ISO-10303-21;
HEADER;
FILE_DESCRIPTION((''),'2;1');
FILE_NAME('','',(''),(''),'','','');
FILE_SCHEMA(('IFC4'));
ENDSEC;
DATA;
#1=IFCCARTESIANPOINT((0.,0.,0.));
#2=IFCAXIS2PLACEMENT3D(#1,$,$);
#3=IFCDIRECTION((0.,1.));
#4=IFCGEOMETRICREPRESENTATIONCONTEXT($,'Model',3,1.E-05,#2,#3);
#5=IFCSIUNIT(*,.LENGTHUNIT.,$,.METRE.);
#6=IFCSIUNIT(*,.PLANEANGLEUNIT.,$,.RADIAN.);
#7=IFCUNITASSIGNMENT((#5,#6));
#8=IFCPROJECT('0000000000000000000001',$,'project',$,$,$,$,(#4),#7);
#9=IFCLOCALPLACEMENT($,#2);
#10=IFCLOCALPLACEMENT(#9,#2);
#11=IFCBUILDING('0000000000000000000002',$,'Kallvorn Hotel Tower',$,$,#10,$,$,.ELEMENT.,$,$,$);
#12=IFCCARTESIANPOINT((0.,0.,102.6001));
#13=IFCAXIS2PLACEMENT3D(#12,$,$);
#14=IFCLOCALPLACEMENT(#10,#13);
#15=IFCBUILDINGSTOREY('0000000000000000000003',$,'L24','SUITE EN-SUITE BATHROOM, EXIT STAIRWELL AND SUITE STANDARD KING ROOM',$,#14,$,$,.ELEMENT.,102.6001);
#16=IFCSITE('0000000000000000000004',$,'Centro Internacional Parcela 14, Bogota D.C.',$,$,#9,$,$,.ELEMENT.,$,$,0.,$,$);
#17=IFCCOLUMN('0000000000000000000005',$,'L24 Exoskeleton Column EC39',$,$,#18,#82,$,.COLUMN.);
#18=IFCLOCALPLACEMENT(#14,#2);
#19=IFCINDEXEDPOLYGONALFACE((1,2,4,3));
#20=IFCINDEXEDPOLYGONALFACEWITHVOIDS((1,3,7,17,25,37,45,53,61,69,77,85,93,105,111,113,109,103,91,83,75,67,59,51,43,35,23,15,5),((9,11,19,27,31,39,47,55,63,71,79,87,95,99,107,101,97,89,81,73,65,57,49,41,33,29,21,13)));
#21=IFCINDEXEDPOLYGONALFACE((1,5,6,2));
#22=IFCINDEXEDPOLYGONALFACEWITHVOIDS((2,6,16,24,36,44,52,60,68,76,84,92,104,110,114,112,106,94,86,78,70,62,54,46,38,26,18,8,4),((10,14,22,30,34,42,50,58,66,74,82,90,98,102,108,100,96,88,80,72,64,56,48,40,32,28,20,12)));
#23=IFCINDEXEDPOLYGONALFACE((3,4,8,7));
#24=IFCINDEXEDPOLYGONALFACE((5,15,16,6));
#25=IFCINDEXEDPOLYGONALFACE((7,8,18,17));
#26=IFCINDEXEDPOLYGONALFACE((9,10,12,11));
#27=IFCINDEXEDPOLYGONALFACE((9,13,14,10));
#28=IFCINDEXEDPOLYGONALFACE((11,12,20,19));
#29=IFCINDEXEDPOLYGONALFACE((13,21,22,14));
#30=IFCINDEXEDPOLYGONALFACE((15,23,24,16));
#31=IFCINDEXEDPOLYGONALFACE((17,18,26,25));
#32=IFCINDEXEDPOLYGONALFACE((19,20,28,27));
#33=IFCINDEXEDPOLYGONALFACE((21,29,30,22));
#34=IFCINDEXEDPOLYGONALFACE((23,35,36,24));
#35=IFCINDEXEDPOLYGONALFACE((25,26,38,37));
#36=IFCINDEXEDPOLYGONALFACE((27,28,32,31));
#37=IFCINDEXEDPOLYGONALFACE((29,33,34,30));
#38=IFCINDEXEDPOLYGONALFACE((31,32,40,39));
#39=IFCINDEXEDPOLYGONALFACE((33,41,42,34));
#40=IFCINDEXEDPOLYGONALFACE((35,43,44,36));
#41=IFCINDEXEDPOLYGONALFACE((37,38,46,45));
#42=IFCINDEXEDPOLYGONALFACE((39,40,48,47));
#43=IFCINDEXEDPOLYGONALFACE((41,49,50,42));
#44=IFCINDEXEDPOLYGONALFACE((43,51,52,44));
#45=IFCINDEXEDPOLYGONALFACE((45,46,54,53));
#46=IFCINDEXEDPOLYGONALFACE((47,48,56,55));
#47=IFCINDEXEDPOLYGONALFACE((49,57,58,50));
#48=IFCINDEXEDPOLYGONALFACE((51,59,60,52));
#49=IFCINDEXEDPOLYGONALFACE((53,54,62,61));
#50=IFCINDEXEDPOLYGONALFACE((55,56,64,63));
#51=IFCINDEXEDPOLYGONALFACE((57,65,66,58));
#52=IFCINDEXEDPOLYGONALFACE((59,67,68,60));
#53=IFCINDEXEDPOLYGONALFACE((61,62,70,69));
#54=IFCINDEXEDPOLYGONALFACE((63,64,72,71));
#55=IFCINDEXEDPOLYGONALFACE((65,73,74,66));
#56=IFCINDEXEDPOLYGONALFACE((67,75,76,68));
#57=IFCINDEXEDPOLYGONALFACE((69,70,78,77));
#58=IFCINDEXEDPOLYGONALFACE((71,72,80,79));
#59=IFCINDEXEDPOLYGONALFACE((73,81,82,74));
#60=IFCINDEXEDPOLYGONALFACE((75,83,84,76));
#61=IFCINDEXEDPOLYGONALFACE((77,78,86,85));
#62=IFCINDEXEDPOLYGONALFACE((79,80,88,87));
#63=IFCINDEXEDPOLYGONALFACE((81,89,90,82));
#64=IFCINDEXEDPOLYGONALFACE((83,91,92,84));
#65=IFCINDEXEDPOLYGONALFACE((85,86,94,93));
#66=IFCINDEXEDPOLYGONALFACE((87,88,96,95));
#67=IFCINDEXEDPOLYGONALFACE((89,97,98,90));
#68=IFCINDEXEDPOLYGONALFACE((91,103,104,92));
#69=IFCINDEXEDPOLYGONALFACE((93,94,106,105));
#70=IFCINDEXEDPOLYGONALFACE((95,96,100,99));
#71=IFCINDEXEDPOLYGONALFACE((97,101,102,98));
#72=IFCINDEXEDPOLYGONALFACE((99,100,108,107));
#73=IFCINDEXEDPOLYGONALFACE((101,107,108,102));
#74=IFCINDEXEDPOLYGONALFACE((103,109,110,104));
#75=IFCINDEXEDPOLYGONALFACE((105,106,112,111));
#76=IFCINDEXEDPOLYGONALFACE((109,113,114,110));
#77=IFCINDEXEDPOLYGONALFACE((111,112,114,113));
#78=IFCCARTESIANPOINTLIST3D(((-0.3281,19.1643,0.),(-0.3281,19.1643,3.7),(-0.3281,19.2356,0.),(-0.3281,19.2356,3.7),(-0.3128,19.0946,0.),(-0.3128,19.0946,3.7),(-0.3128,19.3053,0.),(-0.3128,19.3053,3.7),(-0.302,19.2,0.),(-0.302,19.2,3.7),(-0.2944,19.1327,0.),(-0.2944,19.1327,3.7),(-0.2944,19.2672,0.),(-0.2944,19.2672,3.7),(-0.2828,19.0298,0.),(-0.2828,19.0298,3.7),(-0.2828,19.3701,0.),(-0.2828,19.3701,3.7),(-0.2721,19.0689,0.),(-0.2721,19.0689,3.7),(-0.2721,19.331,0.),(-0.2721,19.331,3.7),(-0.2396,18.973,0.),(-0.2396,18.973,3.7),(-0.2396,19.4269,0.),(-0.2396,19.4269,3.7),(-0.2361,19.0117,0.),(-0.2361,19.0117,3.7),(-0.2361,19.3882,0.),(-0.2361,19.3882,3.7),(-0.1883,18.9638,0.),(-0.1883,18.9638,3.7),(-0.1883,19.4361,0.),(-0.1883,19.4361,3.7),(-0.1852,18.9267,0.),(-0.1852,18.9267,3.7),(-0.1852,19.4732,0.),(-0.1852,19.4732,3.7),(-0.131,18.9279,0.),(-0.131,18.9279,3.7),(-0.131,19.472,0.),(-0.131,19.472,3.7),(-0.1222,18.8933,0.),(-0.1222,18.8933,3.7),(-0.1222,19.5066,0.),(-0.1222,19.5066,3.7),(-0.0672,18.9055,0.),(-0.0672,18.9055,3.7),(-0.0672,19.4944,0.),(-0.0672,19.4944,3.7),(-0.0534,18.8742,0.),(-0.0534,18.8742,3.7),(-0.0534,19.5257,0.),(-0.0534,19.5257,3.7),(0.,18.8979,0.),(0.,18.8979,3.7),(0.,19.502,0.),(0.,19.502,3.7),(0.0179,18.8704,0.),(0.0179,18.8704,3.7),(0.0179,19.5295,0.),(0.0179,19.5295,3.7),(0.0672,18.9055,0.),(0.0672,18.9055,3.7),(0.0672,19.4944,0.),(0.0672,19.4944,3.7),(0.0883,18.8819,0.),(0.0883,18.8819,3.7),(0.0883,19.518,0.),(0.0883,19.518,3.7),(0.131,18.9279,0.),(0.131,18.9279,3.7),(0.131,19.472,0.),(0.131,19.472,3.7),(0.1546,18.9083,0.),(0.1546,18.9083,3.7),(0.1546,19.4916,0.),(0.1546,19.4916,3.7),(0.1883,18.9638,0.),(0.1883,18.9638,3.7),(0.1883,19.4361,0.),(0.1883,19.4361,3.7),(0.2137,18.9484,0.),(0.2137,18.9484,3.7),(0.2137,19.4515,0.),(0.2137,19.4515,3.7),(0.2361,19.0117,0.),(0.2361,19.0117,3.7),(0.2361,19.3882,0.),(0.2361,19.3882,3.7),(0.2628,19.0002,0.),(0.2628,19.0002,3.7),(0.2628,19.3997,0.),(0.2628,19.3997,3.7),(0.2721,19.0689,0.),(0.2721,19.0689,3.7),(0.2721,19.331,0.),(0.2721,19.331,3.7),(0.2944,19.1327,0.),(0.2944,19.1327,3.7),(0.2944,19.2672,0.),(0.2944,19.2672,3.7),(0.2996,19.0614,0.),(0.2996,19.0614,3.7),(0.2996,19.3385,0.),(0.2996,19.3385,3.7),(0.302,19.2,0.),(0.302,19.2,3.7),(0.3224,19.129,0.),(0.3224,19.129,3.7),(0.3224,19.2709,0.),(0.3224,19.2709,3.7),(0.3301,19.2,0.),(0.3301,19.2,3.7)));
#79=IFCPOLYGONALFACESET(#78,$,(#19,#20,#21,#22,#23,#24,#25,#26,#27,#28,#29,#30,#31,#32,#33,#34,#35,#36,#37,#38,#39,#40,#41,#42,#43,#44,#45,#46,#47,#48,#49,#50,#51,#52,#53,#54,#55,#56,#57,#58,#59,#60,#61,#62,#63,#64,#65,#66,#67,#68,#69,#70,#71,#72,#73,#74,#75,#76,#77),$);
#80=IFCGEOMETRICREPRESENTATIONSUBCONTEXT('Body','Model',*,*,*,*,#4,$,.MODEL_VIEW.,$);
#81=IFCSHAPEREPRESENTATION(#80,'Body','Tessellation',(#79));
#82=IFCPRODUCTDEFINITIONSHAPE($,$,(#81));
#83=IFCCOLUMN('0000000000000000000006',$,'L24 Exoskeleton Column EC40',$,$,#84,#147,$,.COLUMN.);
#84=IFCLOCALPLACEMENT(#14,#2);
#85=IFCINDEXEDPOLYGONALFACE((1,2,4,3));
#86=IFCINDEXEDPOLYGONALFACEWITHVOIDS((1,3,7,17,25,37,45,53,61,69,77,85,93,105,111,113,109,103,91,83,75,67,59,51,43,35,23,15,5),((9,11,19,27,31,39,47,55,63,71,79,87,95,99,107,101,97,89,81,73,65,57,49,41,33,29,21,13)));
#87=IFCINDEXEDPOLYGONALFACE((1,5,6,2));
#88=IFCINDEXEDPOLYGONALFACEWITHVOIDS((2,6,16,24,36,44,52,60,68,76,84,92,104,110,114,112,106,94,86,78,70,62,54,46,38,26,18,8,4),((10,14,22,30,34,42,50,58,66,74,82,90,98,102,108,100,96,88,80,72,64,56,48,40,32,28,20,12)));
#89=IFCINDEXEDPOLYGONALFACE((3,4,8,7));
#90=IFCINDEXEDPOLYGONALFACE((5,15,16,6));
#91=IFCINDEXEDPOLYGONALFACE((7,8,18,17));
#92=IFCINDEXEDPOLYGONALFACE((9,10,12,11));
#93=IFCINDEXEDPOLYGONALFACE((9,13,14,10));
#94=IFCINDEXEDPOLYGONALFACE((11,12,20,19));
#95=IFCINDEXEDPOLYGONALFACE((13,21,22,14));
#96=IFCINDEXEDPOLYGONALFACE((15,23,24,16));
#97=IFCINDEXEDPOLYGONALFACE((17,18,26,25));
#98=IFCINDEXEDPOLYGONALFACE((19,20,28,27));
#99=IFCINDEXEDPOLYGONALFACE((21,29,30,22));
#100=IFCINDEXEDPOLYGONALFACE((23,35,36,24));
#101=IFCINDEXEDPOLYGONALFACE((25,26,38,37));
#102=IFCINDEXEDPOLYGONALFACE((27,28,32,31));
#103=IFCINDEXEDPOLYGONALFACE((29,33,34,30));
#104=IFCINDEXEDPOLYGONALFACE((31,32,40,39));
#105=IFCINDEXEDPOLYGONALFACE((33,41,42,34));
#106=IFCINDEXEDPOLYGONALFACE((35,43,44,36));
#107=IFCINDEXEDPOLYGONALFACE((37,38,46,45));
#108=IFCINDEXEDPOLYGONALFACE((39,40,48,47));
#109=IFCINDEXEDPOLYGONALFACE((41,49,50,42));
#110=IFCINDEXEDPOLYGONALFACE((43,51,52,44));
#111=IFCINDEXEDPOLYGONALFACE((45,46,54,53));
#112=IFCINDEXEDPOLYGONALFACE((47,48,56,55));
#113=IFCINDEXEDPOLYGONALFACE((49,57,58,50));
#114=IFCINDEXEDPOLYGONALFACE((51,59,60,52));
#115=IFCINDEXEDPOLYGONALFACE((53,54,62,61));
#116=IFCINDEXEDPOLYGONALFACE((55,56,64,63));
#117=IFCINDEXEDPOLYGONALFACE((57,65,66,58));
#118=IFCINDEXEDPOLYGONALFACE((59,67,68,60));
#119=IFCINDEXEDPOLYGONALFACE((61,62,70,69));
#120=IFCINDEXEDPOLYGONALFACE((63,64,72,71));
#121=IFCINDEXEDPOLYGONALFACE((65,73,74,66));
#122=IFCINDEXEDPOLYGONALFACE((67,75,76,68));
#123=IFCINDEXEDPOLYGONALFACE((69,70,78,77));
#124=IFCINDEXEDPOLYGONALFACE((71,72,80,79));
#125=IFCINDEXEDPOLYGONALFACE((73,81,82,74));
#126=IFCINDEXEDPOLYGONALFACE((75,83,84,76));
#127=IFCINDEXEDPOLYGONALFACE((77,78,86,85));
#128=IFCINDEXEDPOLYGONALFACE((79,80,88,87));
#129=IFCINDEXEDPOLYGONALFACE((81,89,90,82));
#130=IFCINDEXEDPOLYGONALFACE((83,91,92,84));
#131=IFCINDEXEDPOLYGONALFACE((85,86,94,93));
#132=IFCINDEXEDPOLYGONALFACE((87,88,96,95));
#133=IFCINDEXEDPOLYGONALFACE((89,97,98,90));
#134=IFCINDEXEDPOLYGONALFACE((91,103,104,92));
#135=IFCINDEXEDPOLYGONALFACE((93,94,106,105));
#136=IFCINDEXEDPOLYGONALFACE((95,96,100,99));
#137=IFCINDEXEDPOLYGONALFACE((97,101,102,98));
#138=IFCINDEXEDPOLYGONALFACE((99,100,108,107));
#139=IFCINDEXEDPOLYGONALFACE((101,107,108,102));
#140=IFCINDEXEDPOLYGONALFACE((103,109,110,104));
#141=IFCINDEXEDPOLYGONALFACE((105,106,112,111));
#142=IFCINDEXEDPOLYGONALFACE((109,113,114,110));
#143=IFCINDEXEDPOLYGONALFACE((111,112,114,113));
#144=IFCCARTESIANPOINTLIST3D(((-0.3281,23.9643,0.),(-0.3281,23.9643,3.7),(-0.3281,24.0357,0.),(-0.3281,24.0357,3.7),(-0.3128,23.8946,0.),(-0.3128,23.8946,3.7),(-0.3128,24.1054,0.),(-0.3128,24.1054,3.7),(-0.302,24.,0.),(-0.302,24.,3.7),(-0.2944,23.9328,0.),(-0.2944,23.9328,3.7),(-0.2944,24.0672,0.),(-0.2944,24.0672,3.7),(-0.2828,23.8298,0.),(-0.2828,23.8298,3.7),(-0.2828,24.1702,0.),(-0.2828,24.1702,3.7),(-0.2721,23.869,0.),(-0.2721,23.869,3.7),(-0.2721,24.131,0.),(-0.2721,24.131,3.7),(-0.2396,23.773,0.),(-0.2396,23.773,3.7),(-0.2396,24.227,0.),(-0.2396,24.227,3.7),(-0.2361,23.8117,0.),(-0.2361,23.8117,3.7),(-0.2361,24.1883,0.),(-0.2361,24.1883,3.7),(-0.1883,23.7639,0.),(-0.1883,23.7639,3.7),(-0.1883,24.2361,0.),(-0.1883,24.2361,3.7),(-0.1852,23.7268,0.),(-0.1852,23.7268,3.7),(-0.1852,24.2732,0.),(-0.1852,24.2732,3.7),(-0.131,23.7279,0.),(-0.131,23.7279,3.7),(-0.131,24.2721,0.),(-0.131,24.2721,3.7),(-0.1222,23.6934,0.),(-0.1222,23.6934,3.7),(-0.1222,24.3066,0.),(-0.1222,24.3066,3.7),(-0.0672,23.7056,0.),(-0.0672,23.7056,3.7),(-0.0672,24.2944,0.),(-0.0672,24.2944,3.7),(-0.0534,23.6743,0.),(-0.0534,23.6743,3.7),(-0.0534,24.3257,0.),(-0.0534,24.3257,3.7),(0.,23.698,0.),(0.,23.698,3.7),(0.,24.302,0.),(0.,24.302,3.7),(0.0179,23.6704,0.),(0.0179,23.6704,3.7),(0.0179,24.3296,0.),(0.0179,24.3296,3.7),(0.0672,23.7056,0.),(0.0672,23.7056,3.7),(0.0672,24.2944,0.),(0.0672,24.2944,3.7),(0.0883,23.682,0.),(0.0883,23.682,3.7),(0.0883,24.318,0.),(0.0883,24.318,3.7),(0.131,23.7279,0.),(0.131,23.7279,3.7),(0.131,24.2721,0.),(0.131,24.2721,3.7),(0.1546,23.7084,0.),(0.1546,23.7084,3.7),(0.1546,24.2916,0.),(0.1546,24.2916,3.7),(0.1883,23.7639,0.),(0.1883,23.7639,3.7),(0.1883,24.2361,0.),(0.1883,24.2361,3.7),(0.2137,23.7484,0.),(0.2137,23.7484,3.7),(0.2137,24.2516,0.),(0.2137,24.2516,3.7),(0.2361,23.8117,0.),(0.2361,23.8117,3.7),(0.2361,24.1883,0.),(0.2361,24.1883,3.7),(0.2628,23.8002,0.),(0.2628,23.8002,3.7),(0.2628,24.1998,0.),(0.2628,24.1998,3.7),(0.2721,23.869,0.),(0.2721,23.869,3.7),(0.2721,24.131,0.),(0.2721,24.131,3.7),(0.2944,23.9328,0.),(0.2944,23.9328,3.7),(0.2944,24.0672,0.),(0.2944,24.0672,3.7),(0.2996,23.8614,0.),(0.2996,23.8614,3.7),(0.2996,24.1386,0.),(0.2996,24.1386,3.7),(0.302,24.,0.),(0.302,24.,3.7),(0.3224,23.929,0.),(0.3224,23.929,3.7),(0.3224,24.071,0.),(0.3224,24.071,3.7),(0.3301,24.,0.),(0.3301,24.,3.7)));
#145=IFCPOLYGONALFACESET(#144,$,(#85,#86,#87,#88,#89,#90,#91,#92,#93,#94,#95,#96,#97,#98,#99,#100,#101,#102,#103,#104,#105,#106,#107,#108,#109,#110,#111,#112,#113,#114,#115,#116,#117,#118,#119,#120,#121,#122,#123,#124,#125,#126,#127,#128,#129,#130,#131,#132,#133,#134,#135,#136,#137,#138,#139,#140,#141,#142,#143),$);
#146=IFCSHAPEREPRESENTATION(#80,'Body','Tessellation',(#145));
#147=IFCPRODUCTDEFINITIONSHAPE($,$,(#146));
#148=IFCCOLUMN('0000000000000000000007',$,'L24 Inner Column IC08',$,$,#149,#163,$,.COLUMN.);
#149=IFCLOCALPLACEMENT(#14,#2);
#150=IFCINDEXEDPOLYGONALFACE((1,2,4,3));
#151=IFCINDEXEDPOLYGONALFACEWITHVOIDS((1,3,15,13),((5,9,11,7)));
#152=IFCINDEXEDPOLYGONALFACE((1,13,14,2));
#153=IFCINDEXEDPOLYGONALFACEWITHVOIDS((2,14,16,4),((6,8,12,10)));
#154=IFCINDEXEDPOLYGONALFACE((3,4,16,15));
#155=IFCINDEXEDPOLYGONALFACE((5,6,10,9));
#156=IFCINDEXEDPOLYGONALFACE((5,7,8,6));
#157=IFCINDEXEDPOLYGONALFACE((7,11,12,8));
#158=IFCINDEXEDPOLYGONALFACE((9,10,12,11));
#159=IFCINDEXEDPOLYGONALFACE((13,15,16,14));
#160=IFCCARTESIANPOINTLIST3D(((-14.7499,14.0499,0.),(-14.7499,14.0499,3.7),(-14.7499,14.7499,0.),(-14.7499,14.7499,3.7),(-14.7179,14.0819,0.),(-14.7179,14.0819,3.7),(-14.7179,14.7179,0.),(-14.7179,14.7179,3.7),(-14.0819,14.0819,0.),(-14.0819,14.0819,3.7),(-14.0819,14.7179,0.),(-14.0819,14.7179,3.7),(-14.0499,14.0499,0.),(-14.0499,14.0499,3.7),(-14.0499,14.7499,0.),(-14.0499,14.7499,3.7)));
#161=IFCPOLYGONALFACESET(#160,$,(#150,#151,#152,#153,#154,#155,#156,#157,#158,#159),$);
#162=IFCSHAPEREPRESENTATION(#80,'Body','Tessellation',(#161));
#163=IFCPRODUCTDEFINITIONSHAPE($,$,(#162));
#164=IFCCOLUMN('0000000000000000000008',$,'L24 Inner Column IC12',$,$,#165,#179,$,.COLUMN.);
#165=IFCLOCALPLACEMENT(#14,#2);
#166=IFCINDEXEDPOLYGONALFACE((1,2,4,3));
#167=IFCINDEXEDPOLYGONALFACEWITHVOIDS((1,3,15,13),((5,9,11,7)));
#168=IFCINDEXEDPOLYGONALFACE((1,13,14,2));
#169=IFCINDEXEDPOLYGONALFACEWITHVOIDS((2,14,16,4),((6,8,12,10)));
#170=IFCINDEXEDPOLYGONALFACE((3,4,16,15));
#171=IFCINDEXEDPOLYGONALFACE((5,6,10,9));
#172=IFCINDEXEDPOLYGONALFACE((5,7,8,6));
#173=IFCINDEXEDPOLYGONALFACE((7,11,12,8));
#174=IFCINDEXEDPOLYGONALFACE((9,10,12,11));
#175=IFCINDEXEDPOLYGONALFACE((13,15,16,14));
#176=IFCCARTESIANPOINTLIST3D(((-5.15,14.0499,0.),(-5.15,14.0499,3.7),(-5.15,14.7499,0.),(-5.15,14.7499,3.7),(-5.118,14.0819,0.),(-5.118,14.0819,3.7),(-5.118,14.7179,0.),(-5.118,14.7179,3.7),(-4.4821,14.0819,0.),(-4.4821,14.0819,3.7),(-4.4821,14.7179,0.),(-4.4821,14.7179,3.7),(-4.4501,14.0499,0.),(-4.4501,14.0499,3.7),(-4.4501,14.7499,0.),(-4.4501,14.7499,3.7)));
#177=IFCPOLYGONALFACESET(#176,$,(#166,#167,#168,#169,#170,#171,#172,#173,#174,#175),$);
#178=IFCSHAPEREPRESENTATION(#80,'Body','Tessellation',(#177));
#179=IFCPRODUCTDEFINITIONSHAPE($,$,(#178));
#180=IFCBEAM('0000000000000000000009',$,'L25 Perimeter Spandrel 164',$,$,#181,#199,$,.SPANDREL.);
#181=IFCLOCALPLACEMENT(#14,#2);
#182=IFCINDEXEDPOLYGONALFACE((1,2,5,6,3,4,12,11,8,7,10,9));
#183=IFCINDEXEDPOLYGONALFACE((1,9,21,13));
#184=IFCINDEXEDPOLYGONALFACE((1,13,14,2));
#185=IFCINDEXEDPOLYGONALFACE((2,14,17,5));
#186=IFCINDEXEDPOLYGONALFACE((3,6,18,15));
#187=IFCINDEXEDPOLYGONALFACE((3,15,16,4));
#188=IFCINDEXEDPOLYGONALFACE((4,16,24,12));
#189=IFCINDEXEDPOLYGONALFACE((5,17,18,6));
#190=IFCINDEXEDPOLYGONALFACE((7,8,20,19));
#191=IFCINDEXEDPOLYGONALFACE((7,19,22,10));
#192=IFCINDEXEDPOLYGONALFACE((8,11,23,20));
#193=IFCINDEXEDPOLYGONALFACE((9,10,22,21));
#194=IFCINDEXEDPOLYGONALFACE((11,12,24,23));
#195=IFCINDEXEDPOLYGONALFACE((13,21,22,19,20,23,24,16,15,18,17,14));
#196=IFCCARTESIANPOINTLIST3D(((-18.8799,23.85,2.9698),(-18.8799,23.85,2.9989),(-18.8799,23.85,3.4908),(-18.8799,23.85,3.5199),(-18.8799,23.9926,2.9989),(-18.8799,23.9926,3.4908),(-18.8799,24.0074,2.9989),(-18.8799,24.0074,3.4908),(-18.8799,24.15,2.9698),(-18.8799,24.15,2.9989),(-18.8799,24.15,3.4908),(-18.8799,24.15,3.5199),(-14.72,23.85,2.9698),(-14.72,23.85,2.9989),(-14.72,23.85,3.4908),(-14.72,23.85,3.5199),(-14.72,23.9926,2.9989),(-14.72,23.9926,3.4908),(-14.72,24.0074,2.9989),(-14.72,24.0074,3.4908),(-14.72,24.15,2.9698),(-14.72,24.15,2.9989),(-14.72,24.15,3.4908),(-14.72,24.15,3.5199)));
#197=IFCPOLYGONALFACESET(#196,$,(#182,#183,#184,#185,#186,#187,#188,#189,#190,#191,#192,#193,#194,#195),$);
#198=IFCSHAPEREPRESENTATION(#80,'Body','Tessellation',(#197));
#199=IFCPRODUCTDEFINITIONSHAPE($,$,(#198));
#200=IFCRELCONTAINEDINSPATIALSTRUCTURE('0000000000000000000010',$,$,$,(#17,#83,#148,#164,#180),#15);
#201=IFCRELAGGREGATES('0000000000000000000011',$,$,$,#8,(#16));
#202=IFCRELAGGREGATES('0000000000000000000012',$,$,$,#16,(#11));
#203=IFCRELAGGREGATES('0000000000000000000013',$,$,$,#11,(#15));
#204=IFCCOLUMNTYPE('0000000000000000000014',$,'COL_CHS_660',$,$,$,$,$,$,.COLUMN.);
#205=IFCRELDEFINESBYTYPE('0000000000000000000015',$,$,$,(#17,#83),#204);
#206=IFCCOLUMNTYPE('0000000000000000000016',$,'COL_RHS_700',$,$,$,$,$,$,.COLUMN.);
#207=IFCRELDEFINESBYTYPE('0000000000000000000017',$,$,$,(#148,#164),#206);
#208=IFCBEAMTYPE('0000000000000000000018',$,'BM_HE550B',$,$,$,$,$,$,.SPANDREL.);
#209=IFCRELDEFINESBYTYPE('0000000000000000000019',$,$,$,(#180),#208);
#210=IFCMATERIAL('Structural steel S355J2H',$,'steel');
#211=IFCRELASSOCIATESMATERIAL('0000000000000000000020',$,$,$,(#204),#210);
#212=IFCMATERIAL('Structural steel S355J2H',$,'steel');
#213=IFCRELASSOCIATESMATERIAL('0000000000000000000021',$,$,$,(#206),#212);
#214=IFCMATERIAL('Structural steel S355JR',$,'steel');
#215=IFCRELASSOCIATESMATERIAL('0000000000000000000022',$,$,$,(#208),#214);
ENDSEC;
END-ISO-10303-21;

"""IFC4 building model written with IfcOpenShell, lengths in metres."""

from ifc_helpers import new_model, si_unit, direction, frame, origin, origin_2d, place, context, subcontext, project, spatial, hollow_rectangle, hollow_circle, i_section, extrude, material, material_profile, profile_set, type_object, element, save


model = new_model("IFC4")

# Units and contexts
model_context = context("Model", 3, precision=1e-05, world=origin(), true_north=direction((0.0, 1.0)))
body_context = subcontext(model_context, "Body", "Model", "MODEL_VIEW")
ifc_project = project(units=[si_unit("LENGTHUNIT", "METRE"), si_unit("PLANEANGLEUNIT", "RADIAN")], contexts=[model_context])

# Site, building, storey
site_placement = place(None, origin())
site = spatial("IfcSite", under=ifc_project, at=site_placement, Name="Centro Internacional Parcela 14, Bogota D.C.", CompositionType="ELEMENT", RefElevation=0.0)
building_placement = place(site_placement, origin())
building = spatial("IfcBuilding", under=site, at=building_placement, Name="Kallvorn Hotel Tower", CompositionType="ELEMENT")
storey_placement = place(building_placement, frame((0.0, 0.0, 102.6001)))
storey = spatial("IfcBuildingStorey", under=building, at=storey_placement, Name="L24", Description="SUITE EN-SUITE BATHROOM, EXIT STAIRWELL AND SUITE STANDARD KING ROOM", CompositionType="ELEMENT", Elevation=102.6001)

# Columns
ifc_material_1 = material(Name="Structural steel S355J2H", Category="steel")
ifc_material_profile_1 = material_profile(ifc_material_1, hollow_circle(Radius=0.3301, WallThickness=0.0281, at=origin_2d()), Name="CHS 660x28")
ifc_profile_set_1 = profile_set([ifc_material_profile_1], Name="Structural steel S355J2H")
column_type_1 = type_object("IfcColumnType", Name="COL_CHS_660", PredefinedType="COLUMN", material=ifc_profile_set_1)
for number, where, z_axis, x_axis, name in (
    (1, (0.0, 19.2, 0.0), (0.0, 0.0, 1.0), (1.0, 0.0, 0.0), "L24 Exoskeleton Column EC39"),
    (2, (0.0, 24.0, 0.0), (0.0, 0.0, 1.0), (1.0, 0.0, 0.0), "L24 Exoskeleton Column EC40"),
):
    element("IfcColumn", number, at=place(storey_placement, frame(where, z_axis=z_axis, x_axis=x_axis)), inside=storey, type_object=column_type_1, Name=name, PredefinedType="COLUMN", context=body_context, shape_type="SweptSolid", body=[
        extrude(hollow_circle(Radius=0.3301, WallThickness=0.0281, at=origin_2d()), origin(), (0.0, 0.0, 1.0), 3.7),
    ])
ifc_material_2 = material(Name="Structural steel S355J2H", Category="steel")
ifc_material_profile_2 = material_profile(ifc_material_2, hollow_rectangle(XDim=0.7, YDim=0.7, WallThickness=0.032, at=origin_2d()), Name="RHS 700x700x32")
ifc_profile_set_2 = profile_set([ifc_material_profile_2], Name="Structural steel S355J2H")
column_type_2 = type_object("IfcColumnType", Name="COL_RHS_700", PredefinedType="COLUMN", material=ifc_profile_set_2)
for number, where, z_axis, x_axis, name in (
    (3, (-14.3999, 14.3999, 0.0), (0.0, 0.0, 1.0), (1.0, 0.0, 0.0), "L24 Inner Column IC08"),
    (4, (-4.8, 14.3999, 0.0), (0.0, 0.0, 1.0), (1.0, 0.0, 0.0), "L24 Inner Column IC12"),
):
    element("IfcColumn", number, at=place(storey_placement, frame(where, z_axis=z_axis, x_axis=x_axis)), inside=storey, type_object=column_type_2, Name=name, PredefinedType="COLUMN", context=body_context, shape_type="SweptSolid", body=[
        extrude(hollow_rectangle(XDim=0.7, YDim=0.7, WallThickness=0.032, at=origin_2d()), origin(), (0.0, 0.0, 1.0), 3.7),
    ])

# Beam
ifc_material_3 = material(Name="Structural steel S355JR", Category="steel")
ifc_material_profile_3 = material_profile(ifc_material_3, i_section(OverallWidth=0.3, OverallDepth=0.55, WebThickness=0.0149, FlangeThickness=0.0291, at=origin_2d()), Name="HE 550 B")
ifc_profile_set_3 = profile_set([ifc_material_profile_3], Name="Structural steel S355JR")
beam_type_1 = type_object("IfcBeamType", Name="BM_HE550B", PredefinedType="SPANDREL", material=ifc_profile_set_3)
beam_1_placement = place(storey_placement, frame((-18.8799, 24.0, 3.2449), z_axis=(1.0, 0.0, 0.0), x_axis=(0.0, 1.0, 0.0)))
element("IfcBeam", 5, at=beam_1_placement, inside=storey, type_object=beam_type_1, Name="L25 Perimeter Spandrel 164", PredefinedType="SPANDREL", context=body_context, shape_type="SweptSolid", body=[
    extrude(i_section(OverallWidth=0.3, OverallDepth=0.55, WebThickness=0.0149, FlangeThickness=0.0291, at=origin_2d()), origin(), (0.0, 0.0, 1.0), 4.1599),
])

save(model, "model.ifc")
